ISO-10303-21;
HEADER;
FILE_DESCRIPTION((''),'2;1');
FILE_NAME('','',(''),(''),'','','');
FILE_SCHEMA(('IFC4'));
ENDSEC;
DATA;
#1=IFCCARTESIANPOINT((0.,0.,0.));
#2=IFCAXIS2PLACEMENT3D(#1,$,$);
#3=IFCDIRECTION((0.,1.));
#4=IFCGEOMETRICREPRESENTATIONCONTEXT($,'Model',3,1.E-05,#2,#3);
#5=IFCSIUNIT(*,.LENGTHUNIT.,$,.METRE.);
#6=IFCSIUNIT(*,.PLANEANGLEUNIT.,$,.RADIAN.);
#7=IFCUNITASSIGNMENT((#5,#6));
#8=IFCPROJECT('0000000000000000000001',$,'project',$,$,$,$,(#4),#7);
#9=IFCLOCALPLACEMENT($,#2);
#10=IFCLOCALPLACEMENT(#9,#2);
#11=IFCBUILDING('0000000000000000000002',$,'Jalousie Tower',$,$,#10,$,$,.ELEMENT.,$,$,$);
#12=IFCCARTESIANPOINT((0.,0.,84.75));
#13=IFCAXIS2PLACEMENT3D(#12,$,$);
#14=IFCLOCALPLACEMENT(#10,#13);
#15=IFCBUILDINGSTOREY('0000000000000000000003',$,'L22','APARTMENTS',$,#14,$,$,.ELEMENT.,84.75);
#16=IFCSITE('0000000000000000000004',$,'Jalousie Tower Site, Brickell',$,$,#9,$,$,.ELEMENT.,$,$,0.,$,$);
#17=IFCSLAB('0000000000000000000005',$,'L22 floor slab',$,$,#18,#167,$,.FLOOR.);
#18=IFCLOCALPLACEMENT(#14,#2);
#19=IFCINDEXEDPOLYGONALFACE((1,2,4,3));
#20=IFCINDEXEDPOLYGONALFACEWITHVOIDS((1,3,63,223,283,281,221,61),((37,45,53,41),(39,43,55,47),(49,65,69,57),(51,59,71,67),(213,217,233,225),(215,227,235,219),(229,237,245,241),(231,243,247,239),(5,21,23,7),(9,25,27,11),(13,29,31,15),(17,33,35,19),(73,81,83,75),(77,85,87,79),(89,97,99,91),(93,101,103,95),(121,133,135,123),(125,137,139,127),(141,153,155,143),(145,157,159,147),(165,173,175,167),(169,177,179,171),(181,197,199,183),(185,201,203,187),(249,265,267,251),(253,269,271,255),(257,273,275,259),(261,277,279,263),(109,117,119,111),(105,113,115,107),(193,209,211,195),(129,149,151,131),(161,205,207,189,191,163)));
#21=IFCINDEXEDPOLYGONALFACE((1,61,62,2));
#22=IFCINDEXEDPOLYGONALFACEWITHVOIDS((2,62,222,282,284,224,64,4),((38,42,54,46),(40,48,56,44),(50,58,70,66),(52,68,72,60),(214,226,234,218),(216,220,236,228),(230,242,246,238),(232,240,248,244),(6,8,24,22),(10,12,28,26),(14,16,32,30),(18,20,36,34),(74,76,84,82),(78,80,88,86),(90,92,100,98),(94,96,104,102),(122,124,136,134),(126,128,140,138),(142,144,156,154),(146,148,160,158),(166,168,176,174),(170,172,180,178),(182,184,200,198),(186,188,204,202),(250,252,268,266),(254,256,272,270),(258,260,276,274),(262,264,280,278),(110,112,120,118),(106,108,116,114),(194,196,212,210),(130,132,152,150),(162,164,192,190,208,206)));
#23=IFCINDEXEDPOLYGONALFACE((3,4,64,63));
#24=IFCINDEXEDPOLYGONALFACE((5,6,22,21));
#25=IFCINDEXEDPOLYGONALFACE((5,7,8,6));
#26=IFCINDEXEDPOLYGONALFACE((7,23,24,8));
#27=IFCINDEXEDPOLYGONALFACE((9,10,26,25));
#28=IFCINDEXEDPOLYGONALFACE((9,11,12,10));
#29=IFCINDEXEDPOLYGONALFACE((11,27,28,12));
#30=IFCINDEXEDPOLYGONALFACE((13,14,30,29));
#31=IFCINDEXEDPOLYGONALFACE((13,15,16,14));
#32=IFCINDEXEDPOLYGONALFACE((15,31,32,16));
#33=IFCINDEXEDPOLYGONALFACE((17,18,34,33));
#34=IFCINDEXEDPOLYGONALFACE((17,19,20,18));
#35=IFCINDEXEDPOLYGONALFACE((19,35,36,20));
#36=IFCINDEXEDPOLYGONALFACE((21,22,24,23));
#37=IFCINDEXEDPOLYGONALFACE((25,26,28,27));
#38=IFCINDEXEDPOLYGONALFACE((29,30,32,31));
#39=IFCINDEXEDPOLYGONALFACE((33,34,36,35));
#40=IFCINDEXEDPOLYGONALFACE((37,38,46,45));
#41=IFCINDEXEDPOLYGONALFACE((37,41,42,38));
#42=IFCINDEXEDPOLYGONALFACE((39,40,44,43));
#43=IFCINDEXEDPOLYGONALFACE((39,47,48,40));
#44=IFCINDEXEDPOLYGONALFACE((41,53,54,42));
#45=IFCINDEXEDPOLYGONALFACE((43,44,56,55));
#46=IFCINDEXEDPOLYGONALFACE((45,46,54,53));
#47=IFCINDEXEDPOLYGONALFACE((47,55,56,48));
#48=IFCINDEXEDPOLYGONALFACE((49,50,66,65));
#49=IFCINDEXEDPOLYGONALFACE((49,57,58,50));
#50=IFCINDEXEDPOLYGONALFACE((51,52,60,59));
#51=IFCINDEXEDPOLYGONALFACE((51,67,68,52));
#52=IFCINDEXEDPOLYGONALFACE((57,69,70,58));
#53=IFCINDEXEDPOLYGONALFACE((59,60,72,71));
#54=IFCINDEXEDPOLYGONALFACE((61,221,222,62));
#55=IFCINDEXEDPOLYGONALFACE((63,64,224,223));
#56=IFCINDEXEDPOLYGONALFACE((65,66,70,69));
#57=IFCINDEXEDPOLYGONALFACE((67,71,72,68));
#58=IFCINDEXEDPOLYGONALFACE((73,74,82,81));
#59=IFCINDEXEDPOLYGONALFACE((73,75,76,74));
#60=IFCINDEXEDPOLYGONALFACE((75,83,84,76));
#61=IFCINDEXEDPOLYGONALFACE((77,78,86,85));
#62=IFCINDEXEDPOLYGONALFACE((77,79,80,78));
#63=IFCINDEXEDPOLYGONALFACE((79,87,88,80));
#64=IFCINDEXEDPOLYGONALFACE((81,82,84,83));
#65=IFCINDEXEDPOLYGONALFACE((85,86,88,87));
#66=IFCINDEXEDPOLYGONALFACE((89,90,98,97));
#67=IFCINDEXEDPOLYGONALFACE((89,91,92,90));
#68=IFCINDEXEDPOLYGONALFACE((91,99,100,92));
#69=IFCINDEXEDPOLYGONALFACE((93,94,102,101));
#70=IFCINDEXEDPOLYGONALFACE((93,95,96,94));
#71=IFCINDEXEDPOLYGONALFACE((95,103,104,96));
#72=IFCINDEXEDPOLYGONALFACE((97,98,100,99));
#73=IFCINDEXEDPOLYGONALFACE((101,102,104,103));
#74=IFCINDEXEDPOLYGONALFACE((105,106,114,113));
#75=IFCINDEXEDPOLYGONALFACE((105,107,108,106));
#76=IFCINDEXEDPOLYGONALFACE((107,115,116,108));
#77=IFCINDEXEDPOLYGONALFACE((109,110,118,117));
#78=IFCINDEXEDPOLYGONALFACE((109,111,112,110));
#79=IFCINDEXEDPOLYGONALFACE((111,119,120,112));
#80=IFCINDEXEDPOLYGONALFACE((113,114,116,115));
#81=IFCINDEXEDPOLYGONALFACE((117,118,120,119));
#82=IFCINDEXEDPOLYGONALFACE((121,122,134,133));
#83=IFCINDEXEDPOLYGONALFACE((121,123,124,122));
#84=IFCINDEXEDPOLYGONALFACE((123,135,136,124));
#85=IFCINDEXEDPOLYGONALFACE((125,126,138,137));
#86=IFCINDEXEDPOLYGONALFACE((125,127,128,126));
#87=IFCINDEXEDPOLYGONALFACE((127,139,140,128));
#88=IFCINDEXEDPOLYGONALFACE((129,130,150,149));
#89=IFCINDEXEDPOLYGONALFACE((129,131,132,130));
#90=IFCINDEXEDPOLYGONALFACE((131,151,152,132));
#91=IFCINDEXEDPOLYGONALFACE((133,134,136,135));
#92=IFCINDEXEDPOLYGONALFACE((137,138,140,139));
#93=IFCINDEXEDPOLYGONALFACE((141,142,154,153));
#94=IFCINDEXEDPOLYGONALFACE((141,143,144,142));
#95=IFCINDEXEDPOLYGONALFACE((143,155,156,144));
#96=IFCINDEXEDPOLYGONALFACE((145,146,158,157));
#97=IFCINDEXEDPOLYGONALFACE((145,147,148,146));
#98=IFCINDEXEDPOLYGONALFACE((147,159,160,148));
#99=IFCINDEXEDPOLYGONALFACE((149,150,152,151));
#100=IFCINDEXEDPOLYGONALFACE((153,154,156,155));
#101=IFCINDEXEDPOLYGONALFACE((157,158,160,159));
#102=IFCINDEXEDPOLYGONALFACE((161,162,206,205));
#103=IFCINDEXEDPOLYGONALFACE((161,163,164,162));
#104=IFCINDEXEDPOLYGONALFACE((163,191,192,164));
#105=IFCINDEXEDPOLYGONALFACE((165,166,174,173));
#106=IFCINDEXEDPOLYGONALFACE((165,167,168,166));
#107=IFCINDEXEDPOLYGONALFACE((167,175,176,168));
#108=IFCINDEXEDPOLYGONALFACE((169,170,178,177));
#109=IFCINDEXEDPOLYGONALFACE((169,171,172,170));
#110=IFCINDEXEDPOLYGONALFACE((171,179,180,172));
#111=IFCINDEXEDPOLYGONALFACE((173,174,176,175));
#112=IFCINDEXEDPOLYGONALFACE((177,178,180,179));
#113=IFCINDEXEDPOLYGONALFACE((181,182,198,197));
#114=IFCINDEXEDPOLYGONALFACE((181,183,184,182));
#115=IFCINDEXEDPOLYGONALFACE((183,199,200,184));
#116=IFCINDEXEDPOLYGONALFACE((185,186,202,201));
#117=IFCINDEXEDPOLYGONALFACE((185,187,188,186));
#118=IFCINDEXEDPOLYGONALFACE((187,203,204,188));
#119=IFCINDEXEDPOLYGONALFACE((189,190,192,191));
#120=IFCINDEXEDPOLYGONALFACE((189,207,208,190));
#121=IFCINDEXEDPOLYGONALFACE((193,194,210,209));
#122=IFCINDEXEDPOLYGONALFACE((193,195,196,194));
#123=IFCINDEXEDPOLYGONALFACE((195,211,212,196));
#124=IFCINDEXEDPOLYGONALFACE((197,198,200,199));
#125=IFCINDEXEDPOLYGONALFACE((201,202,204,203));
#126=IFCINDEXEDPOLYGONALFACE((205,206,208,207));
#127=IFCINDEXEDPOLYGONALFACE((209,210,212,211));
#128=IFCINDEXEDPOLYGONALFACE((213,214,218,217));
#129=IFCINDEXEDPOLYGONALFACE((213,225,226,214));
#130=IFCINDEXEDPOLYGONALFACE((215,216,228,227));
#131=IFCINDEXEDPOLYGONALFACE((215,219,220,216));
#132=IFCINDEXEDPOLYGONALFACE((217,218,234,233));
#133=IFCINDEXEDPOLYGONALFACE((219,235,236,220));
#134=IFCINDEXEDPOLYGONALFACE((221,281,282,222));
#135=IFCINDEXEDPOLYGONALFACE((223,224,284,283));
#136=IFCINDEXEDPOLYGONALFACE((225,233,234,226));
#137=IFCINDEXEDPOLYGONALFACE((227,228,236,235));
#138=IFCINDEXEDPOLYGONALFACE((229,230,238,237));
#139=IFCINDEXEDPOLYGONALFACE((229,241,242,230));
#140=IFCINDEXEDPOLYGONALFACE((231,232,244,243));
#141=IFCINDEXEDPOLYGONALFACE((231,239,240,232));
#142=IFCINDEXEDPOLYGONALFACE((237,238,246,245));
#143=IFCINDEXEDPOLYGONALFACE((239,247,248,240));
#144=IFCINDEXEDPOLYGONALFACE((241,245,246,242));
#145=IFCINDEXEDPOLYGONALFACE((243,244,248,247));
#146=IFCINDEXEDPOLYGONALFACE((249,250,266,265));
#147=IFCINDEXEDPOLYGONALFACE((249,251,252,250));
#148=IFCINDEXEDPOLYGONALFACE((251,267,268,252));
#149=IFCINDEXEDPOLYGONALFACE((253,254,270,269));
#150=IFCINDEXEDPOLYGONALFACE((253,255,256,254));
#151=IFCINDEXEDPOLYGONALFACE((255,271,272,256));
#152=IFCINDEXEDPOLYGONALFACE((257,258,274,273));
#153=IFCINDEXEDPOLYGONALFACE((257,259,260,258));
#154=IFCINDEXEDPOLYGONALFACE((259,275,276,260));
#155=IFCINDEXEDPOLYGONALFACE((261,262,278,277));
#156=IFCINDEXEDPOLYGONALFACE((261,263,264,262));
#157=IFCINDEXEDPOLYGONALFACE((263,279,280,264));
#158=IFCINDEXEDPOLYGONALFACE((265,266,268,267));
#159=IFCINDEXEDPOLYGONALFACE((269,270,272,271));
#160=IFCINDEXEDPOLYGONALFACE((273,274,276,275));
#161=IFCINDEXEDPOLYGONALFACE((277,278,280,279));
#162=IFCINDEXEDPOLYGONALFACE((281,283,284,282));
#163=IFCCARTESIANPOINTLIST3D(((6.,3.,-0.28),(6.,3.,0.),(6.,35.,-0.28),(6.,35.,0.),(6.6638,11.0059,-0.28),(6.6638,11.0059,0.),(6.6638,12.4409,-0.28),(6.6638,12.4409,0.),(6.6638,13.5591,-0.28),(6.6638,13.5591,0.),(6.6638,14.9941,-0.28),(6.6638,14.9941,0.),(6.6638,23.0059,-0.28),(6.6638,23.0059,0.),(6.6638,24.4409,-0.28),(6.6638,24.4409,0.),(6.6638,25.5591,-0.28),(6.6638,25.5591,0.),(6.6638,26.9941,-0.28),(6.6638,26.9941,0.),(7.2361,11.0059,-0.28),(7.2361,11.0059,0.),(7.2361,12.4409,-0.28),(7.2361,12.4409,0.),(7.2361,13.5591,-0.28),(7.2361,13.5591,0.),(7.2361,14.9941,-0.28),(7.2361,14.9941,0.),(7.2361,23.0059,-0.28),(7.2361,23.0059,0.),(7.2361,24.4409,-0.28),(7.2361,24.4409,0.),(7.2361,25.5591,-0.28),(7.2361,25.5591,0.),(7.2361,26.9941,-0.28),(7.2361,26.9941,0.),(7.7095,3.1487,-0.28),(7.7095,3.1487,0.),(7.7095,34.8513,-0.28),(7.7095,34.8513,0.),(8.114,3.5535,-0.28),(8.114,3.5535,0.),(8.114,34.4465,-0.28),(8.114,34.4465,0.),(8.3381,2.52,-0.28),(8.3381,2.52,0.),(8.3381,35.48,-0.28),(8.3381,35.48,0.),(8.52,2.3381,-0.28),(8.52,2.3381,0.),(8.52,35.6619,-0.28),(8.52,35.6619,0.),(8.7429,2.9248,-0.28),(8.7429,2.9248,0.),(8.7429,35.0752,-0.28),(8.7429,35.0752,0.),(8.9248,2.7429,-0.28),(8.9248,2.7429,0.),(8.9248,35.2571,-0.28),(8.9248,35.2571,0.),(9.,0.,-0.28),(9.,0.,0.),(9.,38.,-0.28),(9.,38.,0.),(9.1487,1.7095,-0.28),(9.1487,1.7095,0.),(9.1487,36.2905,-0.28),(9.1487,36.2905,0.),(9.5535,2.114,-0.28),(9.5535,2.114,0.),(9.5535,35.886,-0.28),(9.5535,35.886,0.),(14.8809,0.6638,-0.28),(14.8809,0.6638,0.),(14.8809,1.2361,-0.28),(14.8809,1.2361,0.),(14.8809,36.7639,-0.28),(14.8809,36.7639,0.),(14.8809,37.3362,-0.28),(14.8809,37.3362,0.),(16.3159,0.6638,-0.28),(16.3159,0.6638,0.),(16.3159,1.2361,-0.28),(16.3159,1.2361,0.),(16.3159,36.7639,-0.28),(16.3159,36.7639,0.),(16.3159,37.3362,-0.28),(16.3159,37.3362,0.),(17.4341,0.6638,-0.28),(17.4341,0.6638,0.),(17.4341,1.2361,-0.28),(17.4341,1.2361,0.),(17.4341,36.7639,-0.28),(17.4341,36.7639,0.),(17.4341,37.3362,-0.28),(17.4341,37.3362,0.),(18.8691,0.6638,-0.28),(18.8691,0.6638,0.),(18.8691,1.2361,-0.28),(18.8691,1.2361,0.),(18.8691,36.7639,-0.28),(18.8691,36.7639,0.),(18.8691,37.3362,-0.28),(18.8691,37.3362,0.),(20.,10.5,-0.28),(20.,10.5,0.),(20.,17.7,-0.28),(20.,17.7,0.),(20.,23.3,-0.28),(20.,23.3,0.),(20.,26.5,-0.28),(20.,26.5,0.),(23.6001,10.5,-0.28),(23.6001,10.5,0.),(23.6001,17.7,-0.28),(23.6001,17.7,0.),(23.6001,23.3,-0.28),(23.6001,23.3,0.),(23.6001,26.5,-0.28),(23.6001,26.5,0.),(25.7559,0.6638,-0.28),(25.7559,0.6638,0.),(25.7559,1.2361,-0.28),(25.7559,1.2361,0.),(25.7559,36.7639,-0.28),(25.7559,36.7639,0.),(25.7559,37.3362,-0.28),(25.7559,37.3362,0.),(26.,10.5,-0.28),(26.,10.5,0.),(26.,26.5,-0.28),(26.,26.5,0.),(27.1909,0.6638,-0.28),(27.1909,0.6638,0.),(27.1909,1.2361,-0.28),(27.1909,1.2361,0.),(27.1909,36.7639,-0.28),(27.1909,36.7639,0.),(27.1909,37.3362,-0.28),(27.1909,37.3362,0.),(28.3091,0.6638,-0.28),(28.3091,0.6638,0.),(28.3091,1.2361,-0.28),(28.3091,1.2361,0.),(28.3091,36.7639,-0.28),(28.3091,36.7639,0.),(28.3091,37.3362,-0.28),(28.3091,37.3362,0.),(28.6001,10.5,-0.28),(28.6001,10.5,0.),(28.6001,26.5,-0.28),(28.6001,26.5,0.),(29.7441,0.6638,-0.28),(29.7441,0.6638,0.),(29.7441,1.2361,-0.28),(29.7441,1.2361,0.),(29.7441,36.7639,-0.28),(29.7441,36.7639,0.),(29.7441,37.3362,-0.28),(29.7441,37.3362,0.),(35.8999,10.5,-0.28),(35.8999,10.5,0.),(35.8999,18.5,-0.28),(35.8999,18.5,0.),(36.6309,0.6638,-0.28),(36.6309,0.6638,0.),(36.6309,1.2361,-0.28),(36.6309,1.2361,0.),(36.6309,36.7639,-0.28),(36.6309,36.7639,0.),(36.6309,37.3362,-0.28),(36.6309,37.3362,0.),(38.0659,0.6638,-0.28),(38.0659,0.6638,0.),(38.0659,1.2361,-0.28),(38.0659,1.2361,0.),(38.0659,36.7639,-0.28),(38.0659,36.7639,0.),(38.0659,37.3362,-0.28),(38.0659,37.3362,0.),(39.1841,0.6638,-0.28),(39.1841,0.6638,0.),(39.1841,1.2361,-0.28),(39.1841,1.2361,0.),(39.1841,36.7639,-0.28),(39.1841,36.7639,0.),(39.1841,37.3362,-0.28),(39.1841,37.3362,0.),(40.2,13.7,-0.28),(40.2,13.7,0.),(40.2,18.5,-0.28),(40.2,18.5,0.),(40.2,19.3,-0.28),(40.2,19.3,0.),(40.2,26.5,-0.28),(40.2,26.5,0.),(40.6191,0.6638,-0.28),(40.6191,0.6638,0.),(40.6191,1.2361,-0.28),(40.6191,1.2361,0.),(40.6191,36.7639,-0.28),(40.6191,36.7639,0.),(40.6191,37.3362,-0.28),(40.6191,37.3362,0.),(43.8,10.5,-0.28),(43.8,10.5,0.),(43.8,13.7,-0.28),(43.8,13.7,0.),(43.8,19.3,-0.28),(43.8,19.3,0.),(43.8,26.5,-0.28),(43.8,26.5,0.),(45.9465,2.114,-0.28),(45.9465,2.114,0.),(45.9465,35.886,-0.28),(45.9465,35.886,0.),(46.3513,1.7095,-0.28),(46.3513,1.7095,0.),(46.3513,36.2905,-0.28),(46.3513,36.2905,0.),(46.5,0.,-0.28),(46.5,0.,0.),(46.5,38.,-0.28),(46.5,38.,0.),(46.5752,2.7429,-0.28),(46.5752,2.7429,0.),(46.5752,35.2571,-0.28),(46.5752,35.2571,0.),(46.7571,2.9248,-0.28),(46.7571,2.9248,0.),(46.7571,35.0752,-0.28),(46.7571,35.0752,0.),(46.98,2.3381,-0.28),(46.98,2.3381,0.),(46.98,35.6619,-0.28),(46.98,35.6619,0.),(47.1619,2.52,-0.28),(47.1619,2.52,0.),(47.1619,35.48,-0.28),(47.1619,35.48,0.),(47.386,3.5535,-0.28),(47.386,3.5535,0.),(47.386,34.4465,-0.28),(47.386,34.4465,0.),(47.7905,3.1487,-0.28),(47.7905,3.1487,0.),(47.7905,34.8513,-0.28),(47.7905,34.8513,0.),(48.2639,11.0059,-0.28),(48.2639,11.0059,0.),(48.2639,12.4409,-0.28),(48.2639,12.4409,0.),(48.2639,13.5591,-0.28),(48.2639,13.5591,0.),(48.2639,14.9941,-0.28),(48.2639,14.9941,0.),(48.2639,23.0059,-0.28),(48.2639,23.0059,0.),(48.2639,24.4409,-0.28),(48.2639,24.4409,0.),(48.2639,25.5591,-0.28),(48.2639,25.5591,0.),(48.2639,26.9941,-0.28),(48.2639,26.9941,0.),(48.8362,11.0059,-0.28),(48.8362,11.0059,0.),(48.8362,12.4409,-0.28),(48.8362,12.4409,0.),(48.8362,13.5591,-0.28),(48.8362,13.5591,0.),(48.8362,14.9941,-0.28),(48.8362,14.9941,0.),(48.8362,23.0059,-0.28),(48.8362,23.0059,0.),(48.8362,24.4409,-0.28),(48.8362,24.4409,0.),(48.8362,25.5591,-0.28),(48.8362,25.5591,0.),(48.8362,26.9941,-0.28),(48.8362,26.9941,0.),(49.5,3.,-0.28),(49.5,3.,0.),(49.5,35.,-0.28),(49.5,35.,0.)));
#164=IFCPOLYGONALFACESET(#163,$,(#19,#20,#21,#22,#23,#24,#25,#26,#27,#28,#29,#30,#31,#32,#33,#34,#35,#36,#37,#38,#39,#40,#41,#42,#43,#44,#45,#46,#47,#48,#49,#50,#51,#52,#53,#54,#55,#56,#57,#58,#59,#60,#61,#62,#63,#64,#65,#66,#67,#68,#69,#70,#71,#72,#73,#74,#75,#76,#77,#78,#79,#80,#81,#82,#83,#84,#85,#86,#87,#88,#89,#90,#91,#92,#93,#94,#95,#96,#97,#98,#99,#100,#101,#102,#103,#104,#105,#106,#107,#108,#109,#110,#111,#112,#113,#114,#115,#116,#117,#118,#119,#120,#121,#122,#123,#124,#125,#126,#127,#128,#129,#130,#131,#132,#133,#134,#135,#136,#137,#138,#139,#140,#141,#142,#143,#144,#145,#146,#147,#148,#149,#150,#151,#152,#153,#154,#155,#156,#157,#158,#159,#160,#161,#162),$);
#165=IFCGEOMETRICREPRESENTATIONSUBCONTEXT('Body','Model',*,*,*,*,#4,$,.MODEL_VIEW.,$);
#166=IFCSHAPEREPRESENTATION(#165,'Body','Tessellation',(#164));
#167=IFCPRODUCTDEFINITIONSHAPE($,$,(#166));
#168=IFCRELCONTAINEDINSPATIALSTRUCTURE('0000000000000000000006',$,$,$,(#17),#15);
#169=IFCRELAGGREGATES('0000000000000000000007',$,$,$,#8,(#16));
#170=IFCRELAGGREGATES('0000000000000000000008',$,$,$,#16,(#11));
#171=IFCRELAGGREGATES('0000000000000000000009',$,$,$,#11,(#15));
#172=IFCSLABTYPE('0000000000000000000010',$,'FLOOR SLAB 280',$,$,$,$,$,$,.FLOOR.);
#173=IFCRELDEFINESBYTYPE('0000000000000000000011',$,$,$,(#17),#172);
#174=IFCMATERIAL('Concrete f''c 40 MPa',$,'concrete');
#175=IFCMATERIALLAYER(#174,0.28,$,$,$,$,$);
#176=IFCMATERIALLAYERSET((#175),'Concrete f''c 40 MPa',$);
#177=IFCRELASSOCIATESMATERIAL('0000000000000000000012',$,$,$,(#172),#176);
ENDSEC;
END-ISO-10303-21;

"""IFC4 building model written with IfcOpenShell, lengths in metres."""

from ifc_helpers import new_model, si_unit, direction, frame, origin, place, context, subcontext, project, spatial, polyline, outline, extrude, material, layer, layer_set, type_object, element, save


model = new_model("IFC4")

# Units and contexts
model_context = context("Model", 3, precision=1e-05, world=origin(), true_north=direction((0.0, 1.0)))
body_context = subcontext(model_context, "Body", "Model", "MODEL_VIEW")
ifc_project = project(units=[si_unit("LENGTHUNIT", "METRE"), si_unit("PLANEANGLEUNIT", "RADIAN")], contexts=[model_context])

# Site, building, storey
site_placement = place(None, origin())
site = spatial("IfcSite", under=ifc_project, at=site_placement, Name="Jalousie Tower Site, Brickell", CompositionType="ELEMENT", RefElevation=0.0)
building_placement = place(site_placement, origin())
building = spatial("IfcBuilding", under=site, at=building_placement, Name="Jalousie Tower", CompositionType="ELEMENT")
storey_placement = place(building_placement, frame((0.0, 0.0, 84.75)))
storey = spatial("IfcBuildingStorey", under=building, at=storey_placement, Name="L22", Description="APARTMENTS", CompositionType="ELEMENT", Elevation=84.75)

# Slab
ifc_material_1 = material(Name="Concrete f'c 40 MPa", Category="concrete")
ifc_layer_1 = layer(ifc_material_1, 0.28)
ifc_layer_set_1 = layer_set([ifc_layer_1], Name="Concrete f'c 40 MPa")
slab_type_1 = type_object("IfcSlabType", Name="FLOOR SLAB 280", PredefinedType="FLOOR", material=ifc_layer_set_1)
slab_1_placement = place(storey_placement, frame((0.0, 0.0, -0.28)))
element("IfcSlab", 1, at=slab_1_placement, inside=storey, type_object=slab_type_1, Name="L22 floor slab", PredefinedType="FLOOR", context=body_context, shape_type="SweptSolid", body=[
    extrude(outline(polyline([(9.0, 0.0), (46.5, 0.0), (49.5, 3.0), (49.5, 35.0), (46.5, 38.0), (9.0, 38.0), (6.0, 35.0), (6.0, 3.0), (9.0, 0.0)]), holes=[polyline([(27.1909, 0.6638), (25.7559, 0.6638), (25.7559, 1.2361), (27.1909, 1.2361), (27.1909, 0.6638)]), polyline([(16.3159, 1.2361), (16.3159, 0.6638), (14.8809, 0.6638), (14.8809, 1.2361), (16.3159, 1.2361)]), polyline([(17.4341, 1.2361), (18.8691, 1.2361), (18.8691, 0.6638), (17.4341, 0.6638), (17.4341, 1.2361)]), polyline([(8.9248, 2.7429), (9.5535, 2.114), (9.1487, 1.7095), (8.52, 2.3381), (8.9248, 2.7429)]), polyline([(8.3381, 2.52), (7.7095, 3.1487), (8.114, 3.5535), (8.7429, 2.9248), (8.3381, 2.52)]), polyline([(7.2361, 12.4409), (7.2361, 11.0059), (6.6638, 11.0059), (6.6638, 12.4409), (7.2361, 12.4409)]), polyline([(20.0, 10.5), (23.6001, 10.5), (23.6001, 17.7), (20.0, 17.7), (20.0, 10.5)]), polyline([(6.6638, 13.5591), (6.6638, 14.9941), (7.2361, 14.9941), (7.2361, 13.5591), (6.6638, 13.5591)]), polyline([(26.0, 10.5), (26.0, 26.5), (28.6001, 26.5), (28.6001, 10.5), (26.0, 10.5)]), polyline([(6.6638, 24.4409), (7.2361, 24.4409), (7.2361, 23.0059), (6.6638, 23.0059), (6.6638, 24.4409)]), polyline([(20.0, 23.3), (23.6001, 23.3), (23.6001, 26.5), (20.0, 26.5), (20.0, 23.3)]), polyline([(6.6638, 25.5591), (6.6638, 26.9941), (7.2361, 26.9941), (7.2361, 25.5591), (6.6638, 25.5591)]), polyline([(8.7429, 35.0752), (8.114, 34.4465), (7.7095, 34.8513), (8.3381, 35.48), (8.7429, 35.0752)]), polyline([(8.52, 35.6619), (9.1487, 36.2905), (9.5535, 35.886), (8.9248, 35.2571), (8.52, 35.6619)]), polyline([(17.4341, 37.3362), (18.8691, 37.3362), (18.8691, 36.7639), (17.4341, 36.7639), (17.4341, 37.3362)]), polyline([(16.3159, 36.7639), (14.8809, 36.7639), (14.8809, 37.3362), (16.3159, 37.3362), (16.3159, 36.7639)]), polyline([(27.1909, 36.7639), (25.7559, 36.7639), (25.7559, 37.3362), (27.1909, 37.3362), (27.1909, 36.7639)]), polyline([(28.3091, 0.6638), (28.3091, 1.2361), (29.7441, 1.2361), (29.7441, 0.6638), (28.3091, 0.6638)]), polyline([(38.0659, 0.6638), (36.6309, 0.6638), (36.6309, 1.2361), (38.0659, 1.2361), (38.0659, 0.6638)]), polyline([(39.1841, 1.2361), (40.6191, 1.2361), (40.6191, 0.6638), (39.1841, 0.6638), (39.1841, 1.2361)]), polyline([(46.98, 2.3381), (46.3513, 1.7095), (45.9465, 2.114), (46.5752, 2.7429), (46.98, 2.3381)]), polyline([(46.7571, 2.9248), (47.386, 3.5535), (47.7905, 3.1487), (47.1619, 2.52), (46.7571, 2.9248)]), polyline([(48.8362, 12.4409), (48.8362, 11.0059), (48.2639, 11.0059), (48.2639, 12.4409), (48.8362, 12.4409)]), polyline([(43.8, 10.5), (35.8999, 10.5), (35.8999, 18.5), (40.2, 18.5), (40.2, 13.7), (43.8, 13.7), (43.8, 10.5)]), polyline([(48.2639, 13.5591), (48.2639, 14.9941), (48.8362, 14.9941), (48.8362, 13.5591), (48.2639, 13.5591)]), polyline([(40.2, 19.3), (43.8, 19.3), (43.8, 26.5), (40.2, 26.5), (40.2, 19.3)]), polyline([(48.2639, 24.4409), (48.8362, 24.4409), (48.8362, 23.0059), (48.2639, 23.0059), (48.2639, 24.4409)]), polyline([(48.2639, 25.5591), (48.2639, 26.9941), (48.8362, 26.9941), (48.8362, 25.5591), (48.2639, 25.5591)]), polyline([(47.1619, 35.48), (47.7905, 34.8513), (47.386, 34.4465), (46.7571, 35.0752), (47.1619, 35.48)]), polyline([(46.5752, 35.2571), (45.9465, 35.886), (46.3513, 36.2905), (46.98, 35.6619), (46.5752, 35.2571)]), polyline([(39.1841, 37.3362), (40.6191, 37.3362), (40.6191, 36.7639), (39.1841, 36.7639), (39.1841, 37.3362)]), polyline([(38.0659, 36.7639), (36.6309, 36.7639), (36.6309, 37.3362), (38.0659, 37.3362), (38.0659, 36.7639)]), polyline([(28.3091, 37.3362), (29.7441, 37.3362), (29.7441, 36.7639), (28.3091, 36.7639), (28.3091, 37.3362)])]), origin(), (0.0, 0.0, 1.0), 0.28),
])

save(model, "model.ifc")
